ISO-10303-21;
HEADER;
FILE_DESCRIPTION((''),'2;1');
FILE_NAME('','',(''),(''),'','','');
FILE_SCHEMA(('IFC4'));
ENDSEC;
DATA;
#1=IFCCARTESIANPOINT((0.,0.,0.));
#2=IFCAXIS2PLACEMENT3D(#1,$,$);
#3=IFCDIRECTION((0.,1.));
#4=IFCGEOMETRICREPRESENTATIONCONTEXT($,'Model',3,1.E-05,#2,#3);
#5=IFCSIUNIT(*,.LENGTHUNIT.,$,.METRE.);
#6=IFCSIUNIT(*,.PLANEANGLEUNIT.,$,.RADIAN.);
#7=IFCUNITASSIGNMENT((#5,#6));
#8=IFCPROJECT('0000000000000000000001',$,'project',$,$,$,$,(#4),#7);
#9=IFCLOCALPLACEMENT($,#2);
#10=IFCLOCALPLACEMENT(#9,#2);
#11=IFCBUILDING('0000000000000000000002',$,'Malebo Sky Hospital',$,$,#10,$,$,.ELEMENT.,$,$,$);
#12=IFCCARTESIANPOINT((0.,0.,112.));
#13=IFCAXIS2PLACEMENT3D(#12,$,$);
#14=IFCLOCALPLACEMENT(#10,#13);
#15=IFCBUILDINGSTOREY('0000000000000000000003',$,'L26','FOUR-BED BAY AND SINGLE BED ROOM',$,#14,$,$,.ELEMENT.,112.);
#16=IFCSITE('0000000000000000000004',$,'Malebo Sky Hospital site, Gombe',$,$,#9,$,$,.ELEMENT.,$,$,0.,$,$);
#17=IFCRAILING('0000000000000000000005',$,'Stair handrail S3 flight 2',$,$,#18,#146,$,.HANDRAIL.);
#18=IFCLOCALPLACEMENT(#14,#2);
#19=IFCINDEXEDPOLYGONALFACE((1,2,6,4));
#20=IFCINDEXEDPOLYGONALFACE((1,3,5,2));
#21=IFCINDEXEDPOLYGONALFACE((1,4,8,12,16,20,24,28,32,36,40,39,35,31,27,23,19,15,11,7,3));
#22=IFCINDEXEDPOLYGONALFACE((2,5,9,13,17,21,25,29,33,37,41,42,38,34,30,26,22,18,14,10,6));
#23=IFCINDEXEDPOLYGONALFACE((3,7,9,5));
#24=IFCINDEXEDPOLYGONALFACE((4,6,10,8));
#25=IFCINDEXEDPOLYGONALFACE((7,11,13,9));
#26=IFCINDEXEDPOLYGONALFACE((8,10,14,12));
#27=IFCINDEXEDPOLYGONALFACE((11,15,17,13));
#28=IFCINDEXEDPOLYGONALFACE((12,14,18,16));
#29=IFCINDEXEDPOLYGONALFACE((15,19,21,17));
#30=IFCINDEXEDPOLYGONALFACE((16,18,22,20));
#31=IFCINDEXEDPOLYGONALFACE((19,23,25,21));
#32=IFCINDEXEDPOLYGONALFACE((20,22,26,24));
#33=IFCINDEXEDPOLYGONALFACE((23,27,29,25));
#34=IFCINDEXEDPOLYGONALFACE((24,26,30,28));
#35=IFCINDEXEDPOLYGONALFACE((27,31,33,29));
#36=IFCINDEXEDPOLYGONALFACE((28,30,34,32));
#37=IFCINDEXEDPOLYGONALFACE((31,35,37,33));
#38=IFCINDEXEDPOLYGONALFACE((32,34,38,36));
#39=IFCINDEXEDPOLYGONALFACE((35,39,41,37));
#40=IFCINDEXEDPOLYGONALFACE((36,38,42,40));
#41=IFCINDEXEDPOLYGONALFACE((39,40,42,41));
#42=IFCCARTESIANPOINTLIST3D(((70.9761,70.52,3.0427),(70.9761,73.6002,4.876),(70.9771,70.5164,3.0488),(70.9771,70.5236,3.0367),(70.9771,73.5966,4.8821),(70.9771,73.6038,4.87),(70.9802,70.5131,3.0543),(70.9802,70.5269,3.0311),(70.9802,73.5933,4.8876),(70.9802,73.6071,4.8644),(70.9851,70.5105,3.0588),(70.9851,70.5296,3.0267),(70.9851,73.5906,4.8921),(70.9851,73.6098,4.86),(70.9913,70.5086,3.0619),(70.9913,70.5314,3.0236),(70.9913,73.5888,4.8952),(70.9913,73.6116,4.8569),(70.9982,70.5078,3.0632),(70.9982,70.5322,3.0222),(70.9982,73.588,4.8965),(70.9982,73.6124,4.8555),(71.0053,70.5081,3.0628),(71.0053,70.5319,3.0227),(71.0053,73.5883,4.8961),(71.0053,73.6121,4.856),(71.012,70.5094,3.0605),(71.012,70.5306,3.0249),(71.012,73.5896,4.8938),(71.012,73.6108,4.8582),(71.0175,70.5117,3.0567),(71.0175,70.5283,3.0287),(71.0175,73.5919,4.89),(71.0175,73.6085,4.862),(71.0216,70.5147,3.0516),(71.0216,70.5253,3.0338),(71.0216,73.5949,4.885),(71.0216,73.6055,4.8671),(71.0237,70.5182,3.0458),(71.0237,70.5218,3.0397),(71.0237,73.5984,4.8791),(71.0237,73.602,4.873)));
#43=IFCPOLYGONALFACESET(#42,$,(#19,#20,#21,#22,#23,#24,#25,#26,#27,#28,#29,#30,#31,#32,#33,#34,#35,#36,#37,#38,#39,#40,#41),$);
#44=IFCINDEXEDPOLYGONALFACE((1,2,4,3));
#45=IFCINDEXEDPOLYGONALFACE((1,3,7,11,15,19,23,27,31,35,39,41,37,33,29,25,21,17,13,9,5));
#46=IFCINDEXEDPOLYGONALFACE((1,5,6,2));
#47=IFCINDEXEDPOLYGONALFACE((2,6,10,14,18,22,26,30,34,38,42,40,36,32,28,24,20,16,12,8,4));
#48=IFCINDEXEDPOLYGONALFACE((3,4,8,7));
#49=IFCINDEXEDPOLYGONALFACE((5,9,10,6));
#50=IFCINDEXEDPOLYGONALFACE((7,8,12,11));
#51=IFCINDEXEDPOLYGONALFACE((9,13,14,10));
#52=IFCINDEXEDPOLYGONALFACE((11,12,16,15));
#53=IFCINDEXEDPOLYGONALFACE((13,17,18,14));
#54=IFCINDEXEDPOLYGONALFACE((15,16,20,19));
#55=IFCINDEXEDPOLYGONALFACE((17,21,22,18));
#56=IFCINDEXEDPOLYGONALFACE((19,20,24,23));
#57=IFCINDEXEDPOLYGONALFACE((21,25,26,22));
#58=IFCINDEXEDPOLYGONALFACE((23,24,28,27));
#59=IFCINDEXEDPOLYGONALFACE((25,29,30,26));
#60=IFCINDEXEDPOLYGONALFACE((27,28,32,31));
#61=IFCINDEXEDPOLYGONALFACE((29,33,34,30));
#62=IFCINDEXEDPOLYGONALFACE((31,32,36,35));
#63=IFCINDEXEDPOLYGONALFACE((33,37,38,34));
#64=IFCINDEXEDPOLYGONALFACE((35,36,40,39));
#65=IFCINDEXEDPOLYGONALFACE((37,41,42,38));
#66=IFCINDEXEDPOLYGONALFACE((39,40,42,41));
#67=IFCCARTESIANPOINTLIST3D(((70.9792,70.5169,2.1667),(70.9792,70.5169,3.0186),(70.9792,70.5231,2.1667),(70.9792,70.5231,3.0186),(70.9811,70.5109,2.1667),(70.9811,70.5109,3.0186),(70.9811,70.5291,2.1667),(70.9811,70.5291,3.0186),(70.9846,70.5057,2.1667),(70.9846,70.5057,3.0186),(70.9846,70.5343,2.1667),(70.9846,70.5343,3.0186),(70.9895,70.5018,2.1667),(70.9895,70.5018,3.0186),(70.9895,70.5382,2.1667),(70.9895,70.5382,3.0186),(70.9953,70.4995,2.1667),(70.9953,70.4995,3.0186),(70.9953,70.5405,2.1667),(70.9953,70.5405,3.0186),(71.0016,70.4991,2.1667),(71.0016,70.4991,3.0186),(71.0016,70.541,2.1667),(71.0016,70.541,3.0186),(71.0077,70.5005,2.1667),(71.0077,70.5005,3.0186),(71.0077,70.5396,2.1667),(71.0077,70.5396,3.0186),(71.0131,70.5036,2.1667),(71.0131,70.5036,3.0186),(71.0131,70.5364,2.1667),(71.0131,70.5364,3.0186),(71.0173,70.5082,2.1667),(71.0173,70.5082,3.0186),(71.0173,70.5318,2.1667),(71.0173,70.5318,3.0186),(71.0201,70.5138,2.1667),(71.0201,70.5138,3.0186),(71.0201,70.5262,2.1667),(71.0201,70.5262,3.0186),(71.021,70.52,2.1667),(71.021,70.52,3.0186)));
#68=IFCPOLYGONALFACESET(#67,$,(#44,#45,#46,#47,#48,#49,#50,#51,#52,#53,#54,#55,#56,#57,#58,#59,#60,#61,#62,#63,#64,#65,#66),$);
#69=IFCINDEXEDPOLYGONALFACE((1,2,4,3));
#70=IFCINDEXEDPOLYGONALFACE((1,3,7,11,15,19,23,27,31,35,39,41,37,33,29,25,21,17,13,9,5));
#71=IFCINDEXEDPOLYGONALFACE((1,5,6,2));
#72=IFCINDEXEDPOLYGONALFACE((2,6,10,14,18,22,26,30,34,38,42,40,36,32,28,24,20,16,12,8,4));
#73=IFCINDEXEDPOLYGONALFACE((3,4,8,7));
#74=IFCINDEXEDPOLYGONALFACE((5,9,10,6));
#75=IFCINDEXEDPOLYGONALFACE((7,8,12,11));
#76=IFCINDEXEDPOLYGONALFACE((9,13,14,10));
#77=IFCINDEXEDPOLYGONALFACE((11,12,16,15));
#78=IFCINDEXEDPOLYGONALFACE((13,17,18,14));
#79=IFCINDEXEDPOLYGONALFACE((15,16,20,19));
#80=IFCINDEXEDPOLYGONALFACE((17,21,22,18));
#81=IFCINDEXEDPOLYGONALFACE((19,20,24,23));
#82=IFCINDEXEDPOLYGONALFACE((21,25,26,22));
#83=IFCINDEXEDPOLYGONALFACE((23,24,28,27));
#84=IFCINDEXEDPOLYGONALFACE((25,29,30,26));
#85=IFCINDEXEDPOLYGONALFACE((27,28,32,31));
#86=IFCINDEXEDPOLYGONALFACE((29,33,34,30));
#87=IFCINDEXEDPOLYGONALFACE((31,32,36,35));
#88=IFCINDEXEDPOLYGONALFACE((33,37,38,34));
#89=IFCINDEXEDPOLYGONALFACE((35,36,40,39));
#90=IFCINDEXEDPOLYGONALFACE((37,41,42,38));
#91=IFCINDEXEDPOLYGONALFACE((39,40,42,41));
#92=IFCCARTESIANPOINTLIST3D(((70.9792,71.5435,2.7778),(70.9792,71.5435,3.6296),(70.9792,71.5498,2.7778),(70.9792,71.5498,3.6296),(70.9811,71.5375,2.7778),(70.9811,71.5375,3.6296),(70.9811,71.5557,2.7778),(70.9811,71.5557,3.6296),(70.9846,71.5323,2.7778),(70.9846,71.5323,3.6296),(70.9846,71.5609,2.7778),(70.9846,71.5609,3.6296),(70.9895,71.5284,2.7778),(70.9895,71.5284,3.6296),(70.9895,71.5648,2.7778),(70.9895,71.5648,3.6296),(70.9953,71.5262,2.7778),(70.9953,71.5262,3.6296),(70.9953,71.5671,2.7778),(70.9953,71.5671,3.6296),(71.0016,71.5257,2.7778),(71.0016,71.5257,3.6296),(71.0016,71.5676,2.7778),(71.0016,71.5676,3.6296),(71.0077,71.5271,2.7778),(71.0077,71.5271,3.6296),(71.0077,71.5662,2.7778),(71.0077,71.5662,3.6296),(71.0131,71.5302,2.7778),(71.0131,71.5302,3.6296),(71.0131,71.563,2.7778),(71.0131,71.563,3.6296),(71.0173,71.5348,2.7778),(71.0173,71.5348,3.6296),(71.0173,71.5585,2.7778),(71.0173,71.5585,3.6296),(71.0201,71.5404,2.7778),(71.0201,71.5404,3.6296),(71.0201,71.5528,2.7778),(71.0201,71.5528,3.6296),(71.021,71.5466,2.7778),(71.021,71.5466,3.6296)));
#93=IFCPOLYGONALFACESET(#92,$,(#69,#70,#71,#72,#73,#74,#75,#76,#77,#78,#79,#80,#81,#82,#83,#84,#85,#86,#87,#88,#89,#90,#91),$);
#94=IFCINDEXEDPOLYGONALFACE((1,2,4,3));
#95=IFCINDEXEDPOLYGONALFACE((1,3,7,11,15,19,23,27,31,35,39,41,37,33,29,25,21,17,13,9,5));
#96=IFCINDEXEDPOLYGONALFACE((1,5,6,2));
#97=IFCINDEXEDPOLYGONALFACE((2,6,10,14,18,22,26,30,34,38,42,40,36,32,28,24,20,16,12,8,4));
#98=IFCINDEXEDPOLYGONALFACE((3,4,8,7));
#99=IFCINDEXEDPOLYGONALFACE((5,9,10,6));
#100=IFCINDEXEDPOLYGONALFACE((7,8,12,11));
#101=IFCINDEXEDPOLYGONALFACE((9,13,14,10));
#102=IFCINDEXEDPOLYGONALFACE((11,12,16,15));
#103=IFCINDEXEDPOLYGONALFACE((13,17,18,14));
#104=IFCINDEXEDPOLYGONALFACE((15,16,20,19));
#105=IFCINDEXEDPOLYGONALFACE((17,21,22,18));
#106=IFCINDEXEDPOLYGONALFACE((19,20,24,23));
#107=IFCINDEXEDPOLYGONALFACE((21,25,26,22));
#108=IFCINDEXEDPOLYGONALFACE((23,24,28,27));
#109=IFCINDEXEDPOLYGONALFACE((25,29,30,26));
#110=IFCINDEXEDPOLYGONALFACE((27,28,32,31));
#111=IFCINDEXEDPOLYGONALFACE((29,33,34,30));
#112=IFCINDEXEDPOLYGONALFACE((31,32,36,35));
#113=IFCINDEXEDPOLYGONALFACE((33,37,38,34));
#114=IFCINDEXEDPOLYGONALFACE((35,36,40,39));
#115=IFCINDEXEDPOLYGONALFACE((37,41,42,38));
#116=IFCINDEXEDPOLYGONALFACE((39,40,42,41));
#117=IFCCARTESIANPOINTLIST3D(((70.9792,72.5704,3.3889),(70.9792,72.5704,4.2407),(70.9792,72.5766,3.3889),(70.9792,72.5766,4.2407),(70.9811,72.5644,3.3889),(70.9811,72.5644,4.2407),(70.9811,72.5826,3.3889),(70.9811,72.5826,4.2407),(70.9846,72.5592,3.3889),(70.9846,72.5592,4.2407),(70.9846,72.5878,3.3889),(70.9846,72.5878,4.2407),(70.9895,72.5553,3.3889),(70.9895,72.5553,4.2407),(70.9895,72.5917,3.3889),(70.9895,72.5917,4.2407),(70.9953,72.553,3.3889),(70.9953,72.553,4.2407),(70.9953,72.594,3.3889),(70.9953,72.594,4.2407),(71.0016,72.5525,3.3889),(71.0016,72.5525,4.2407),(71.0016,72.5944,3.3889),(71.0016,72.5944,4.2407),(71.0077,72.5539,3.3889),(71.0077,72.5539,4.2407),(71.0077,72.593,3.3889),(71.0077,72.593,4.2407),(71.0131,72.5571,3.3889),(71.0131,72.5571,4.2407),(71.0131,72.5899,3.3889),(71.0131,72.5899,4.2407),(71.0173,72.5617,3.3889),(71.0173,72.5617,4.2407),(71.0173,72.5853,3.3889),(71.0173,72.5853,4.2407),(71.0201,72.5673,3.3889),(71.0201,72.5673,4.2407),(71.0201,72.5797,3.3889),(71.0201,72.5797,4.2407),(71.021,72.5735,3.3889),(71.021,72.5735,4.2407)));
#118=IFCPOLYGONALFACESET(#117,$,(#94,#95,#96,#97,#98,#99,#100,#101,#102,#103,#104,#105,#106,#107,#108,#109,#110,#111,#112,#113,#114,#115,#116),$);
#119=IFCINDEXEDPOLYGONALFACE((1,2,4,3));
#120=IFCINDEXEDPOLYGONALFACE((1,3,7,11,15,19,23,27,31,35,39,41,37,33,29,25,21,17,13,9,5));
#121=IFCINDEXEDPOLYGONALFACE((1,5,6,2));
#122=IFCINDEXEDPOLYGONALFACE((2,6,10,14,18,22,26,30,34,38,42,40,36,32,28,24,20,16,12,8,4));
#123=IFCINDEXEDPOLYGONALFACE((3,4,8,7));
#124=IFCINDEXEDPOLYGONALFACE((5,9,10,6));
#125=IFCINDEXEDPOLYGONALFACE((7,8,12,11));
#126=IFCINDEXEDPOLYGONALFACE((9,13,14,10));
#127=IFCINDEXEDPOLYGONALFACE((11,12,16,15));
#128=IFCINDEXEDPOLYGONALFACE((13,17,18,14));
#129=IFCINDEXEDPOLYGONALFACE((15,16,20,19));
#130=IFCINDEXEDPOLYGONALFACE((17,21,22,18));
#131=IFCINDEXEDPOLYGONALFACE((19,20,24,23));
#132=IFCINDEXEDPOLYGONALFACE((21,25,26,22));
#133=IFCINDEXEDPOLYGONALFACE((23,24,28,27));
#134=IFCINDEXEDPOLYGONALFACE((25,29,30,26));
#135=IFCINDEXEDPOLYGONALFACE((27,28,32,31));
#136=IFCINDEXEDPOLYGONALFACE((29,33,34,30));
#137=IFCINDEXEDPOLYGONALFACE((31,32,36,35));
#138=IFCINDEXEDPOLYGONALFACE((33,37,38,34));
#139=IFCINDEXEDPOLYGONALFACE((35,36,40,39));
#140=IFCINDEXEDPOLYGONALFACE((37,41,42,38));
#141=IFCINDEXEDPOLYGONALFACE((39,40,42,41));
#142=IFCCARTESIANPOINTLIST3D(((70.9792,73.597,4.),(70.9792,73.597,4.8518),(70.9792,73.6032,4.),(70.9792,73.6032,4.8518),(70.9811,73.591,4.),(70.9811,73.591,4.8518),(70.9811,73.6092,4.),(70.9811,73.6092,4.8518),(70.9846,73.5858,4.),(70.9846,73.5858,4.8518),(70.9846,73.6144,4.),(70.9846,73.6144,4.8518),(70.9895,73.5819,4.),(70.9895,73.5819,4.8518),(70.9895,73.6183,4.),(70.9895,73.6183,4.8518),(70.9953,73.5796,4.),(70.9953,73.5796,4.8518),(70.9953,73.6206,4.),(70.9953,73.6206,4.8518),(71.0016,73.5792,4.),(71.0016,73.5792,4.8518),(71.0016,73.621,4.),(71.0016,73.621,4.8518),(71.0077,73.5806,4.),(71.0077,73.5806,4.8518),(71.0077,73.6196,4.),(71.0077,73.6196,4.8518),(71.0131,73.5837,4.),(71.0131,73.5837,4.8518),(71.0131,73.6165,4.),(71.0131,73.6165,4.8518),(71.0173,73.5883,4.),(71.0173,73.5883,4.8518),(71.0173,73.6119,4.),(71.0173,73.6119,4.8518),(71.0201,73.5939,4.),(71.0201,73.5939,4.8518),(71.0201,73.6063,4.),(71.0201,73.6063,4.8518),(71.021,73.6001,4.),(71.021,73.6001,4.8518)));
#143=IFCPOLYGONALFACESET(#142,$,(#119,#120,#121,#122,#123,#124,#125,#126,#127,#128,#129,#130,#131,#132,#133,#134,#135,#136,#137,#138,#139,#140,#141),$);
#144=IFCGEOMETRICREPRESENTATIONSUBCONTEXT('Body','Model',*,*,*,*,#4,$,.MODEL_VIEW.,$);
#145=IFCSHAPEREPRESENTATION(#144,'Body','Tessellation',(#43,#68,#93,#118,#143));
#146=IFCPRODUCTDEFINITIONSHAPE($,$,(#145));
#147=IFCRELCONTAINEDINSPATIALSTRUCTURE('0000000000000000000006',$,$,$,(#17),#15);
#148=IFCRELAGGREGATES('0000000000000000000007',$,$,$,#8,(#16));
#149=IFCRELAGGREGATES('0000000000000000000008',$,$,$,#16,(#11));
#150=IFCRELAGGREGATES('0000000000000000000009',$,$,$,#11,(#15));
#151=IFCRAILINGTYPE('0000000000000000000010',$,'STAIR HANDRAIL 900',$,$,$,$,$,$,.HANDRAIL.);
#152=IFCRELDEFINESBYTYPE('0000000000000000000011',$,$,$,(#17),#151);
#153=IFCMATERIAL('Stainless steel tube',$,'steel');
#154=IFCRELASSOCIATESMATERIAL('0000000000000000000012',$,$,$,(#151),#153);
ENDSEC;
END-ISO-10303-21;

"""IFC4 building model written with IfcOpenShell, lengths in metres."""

from ifc_helpers import new_model, si_unit, direction, frame, origin, origin_2d, place, context, subcontext, project, spatial, circle, extrude, material, type_object, element, save


model = new_model("IFC4")

# Units and contexts
model_context = context("Model", 3, precision=1e-05, world=origin(), true_north=direction((0.0, 1.0)))
body_context = subcontext(model_context, "Body", "Model", "MODEL_VIEW")
ifc_project = project(units=[si_unit("LENGTHUNIT", "METRE"), si_unit("PLANEANGLEUNIT", "RADIAN")], contexts=[model_context])

# Site, building, storey
site_placement = place(None, origin())
site = spatial("IfcSite", under=ifc_project, at=site_placement, Name="Malebo Sky Hospital site, Gombe", CompositionType="ELEMENT", RefElevation=0.0)
building_placement = place(site_placement, origin())
building = spatial("IfcBuilding", under=site, at=building_placement, Name="Malebo Sky Hospital", CompositionType="ELEMENT")
storey_placement = place(building_placement, frame((0.0, 0.0, 112.0)))
storey = spatial("IfcBuildingStorey", under=building, at=storey_placement, Name="L26", Description="FOUR-BED BAY AND SINGLE BED ROOM", CompositionType="ELEMENT", Elevation=112.0)

# Railing
ifc_material_1 = material(Name="Stainless steel tube", Category="steel")
railing_type = type_object("IfcRailingType", Name="STAIR HANDRAIL 900", PredefinedType="HANDRAIL", material=ifc_material_1)
railing_1_placement = place(storey_placement, frame((71.0, 70.52, 2.1667)))
element("IfcRailing", 1, at=railing_1_placement, inside=storey, type_object=railing_type, Name="Stair handrail S3 flight 2", PredefinedType="HANDRAIL", context=body_context, shape_type="SweptSolid", body=[
    extrude(circle(Radius=0.0239, at=origin_2d()), frame((0.0, 0.0, 0.876), z_axis=(0.0, 0.859309, 0.511458), x_axis=(-1.0, 0.0, 0.0)), (0.0, 0.0, 1.0), 3.5845),
    extrude(circle(Radius=0.021, at=origin_2d()), origin(), (0.0, 0.0, 1.0), 0.8518),
    extrude(circle(Radius=0.021, at=origin_2d()), frame((0.0, 1.0266, 0.6111)), (0.0, 0.0, 1.0), 0.8518),
    extrude(circle(Radius=0.021, at=origin_2d()), frame((0.0, 2.0535, 1.2222)), (0.0, 0.0, 1.0), 0.8518),
    extrude(circle(Radius=0.021, at=origin_2d()), frame((0.0, 3.0801, 1.8333)), (0.0, 0.0, 1.0), 0.8518),
])

save(model, "model.ifc")
